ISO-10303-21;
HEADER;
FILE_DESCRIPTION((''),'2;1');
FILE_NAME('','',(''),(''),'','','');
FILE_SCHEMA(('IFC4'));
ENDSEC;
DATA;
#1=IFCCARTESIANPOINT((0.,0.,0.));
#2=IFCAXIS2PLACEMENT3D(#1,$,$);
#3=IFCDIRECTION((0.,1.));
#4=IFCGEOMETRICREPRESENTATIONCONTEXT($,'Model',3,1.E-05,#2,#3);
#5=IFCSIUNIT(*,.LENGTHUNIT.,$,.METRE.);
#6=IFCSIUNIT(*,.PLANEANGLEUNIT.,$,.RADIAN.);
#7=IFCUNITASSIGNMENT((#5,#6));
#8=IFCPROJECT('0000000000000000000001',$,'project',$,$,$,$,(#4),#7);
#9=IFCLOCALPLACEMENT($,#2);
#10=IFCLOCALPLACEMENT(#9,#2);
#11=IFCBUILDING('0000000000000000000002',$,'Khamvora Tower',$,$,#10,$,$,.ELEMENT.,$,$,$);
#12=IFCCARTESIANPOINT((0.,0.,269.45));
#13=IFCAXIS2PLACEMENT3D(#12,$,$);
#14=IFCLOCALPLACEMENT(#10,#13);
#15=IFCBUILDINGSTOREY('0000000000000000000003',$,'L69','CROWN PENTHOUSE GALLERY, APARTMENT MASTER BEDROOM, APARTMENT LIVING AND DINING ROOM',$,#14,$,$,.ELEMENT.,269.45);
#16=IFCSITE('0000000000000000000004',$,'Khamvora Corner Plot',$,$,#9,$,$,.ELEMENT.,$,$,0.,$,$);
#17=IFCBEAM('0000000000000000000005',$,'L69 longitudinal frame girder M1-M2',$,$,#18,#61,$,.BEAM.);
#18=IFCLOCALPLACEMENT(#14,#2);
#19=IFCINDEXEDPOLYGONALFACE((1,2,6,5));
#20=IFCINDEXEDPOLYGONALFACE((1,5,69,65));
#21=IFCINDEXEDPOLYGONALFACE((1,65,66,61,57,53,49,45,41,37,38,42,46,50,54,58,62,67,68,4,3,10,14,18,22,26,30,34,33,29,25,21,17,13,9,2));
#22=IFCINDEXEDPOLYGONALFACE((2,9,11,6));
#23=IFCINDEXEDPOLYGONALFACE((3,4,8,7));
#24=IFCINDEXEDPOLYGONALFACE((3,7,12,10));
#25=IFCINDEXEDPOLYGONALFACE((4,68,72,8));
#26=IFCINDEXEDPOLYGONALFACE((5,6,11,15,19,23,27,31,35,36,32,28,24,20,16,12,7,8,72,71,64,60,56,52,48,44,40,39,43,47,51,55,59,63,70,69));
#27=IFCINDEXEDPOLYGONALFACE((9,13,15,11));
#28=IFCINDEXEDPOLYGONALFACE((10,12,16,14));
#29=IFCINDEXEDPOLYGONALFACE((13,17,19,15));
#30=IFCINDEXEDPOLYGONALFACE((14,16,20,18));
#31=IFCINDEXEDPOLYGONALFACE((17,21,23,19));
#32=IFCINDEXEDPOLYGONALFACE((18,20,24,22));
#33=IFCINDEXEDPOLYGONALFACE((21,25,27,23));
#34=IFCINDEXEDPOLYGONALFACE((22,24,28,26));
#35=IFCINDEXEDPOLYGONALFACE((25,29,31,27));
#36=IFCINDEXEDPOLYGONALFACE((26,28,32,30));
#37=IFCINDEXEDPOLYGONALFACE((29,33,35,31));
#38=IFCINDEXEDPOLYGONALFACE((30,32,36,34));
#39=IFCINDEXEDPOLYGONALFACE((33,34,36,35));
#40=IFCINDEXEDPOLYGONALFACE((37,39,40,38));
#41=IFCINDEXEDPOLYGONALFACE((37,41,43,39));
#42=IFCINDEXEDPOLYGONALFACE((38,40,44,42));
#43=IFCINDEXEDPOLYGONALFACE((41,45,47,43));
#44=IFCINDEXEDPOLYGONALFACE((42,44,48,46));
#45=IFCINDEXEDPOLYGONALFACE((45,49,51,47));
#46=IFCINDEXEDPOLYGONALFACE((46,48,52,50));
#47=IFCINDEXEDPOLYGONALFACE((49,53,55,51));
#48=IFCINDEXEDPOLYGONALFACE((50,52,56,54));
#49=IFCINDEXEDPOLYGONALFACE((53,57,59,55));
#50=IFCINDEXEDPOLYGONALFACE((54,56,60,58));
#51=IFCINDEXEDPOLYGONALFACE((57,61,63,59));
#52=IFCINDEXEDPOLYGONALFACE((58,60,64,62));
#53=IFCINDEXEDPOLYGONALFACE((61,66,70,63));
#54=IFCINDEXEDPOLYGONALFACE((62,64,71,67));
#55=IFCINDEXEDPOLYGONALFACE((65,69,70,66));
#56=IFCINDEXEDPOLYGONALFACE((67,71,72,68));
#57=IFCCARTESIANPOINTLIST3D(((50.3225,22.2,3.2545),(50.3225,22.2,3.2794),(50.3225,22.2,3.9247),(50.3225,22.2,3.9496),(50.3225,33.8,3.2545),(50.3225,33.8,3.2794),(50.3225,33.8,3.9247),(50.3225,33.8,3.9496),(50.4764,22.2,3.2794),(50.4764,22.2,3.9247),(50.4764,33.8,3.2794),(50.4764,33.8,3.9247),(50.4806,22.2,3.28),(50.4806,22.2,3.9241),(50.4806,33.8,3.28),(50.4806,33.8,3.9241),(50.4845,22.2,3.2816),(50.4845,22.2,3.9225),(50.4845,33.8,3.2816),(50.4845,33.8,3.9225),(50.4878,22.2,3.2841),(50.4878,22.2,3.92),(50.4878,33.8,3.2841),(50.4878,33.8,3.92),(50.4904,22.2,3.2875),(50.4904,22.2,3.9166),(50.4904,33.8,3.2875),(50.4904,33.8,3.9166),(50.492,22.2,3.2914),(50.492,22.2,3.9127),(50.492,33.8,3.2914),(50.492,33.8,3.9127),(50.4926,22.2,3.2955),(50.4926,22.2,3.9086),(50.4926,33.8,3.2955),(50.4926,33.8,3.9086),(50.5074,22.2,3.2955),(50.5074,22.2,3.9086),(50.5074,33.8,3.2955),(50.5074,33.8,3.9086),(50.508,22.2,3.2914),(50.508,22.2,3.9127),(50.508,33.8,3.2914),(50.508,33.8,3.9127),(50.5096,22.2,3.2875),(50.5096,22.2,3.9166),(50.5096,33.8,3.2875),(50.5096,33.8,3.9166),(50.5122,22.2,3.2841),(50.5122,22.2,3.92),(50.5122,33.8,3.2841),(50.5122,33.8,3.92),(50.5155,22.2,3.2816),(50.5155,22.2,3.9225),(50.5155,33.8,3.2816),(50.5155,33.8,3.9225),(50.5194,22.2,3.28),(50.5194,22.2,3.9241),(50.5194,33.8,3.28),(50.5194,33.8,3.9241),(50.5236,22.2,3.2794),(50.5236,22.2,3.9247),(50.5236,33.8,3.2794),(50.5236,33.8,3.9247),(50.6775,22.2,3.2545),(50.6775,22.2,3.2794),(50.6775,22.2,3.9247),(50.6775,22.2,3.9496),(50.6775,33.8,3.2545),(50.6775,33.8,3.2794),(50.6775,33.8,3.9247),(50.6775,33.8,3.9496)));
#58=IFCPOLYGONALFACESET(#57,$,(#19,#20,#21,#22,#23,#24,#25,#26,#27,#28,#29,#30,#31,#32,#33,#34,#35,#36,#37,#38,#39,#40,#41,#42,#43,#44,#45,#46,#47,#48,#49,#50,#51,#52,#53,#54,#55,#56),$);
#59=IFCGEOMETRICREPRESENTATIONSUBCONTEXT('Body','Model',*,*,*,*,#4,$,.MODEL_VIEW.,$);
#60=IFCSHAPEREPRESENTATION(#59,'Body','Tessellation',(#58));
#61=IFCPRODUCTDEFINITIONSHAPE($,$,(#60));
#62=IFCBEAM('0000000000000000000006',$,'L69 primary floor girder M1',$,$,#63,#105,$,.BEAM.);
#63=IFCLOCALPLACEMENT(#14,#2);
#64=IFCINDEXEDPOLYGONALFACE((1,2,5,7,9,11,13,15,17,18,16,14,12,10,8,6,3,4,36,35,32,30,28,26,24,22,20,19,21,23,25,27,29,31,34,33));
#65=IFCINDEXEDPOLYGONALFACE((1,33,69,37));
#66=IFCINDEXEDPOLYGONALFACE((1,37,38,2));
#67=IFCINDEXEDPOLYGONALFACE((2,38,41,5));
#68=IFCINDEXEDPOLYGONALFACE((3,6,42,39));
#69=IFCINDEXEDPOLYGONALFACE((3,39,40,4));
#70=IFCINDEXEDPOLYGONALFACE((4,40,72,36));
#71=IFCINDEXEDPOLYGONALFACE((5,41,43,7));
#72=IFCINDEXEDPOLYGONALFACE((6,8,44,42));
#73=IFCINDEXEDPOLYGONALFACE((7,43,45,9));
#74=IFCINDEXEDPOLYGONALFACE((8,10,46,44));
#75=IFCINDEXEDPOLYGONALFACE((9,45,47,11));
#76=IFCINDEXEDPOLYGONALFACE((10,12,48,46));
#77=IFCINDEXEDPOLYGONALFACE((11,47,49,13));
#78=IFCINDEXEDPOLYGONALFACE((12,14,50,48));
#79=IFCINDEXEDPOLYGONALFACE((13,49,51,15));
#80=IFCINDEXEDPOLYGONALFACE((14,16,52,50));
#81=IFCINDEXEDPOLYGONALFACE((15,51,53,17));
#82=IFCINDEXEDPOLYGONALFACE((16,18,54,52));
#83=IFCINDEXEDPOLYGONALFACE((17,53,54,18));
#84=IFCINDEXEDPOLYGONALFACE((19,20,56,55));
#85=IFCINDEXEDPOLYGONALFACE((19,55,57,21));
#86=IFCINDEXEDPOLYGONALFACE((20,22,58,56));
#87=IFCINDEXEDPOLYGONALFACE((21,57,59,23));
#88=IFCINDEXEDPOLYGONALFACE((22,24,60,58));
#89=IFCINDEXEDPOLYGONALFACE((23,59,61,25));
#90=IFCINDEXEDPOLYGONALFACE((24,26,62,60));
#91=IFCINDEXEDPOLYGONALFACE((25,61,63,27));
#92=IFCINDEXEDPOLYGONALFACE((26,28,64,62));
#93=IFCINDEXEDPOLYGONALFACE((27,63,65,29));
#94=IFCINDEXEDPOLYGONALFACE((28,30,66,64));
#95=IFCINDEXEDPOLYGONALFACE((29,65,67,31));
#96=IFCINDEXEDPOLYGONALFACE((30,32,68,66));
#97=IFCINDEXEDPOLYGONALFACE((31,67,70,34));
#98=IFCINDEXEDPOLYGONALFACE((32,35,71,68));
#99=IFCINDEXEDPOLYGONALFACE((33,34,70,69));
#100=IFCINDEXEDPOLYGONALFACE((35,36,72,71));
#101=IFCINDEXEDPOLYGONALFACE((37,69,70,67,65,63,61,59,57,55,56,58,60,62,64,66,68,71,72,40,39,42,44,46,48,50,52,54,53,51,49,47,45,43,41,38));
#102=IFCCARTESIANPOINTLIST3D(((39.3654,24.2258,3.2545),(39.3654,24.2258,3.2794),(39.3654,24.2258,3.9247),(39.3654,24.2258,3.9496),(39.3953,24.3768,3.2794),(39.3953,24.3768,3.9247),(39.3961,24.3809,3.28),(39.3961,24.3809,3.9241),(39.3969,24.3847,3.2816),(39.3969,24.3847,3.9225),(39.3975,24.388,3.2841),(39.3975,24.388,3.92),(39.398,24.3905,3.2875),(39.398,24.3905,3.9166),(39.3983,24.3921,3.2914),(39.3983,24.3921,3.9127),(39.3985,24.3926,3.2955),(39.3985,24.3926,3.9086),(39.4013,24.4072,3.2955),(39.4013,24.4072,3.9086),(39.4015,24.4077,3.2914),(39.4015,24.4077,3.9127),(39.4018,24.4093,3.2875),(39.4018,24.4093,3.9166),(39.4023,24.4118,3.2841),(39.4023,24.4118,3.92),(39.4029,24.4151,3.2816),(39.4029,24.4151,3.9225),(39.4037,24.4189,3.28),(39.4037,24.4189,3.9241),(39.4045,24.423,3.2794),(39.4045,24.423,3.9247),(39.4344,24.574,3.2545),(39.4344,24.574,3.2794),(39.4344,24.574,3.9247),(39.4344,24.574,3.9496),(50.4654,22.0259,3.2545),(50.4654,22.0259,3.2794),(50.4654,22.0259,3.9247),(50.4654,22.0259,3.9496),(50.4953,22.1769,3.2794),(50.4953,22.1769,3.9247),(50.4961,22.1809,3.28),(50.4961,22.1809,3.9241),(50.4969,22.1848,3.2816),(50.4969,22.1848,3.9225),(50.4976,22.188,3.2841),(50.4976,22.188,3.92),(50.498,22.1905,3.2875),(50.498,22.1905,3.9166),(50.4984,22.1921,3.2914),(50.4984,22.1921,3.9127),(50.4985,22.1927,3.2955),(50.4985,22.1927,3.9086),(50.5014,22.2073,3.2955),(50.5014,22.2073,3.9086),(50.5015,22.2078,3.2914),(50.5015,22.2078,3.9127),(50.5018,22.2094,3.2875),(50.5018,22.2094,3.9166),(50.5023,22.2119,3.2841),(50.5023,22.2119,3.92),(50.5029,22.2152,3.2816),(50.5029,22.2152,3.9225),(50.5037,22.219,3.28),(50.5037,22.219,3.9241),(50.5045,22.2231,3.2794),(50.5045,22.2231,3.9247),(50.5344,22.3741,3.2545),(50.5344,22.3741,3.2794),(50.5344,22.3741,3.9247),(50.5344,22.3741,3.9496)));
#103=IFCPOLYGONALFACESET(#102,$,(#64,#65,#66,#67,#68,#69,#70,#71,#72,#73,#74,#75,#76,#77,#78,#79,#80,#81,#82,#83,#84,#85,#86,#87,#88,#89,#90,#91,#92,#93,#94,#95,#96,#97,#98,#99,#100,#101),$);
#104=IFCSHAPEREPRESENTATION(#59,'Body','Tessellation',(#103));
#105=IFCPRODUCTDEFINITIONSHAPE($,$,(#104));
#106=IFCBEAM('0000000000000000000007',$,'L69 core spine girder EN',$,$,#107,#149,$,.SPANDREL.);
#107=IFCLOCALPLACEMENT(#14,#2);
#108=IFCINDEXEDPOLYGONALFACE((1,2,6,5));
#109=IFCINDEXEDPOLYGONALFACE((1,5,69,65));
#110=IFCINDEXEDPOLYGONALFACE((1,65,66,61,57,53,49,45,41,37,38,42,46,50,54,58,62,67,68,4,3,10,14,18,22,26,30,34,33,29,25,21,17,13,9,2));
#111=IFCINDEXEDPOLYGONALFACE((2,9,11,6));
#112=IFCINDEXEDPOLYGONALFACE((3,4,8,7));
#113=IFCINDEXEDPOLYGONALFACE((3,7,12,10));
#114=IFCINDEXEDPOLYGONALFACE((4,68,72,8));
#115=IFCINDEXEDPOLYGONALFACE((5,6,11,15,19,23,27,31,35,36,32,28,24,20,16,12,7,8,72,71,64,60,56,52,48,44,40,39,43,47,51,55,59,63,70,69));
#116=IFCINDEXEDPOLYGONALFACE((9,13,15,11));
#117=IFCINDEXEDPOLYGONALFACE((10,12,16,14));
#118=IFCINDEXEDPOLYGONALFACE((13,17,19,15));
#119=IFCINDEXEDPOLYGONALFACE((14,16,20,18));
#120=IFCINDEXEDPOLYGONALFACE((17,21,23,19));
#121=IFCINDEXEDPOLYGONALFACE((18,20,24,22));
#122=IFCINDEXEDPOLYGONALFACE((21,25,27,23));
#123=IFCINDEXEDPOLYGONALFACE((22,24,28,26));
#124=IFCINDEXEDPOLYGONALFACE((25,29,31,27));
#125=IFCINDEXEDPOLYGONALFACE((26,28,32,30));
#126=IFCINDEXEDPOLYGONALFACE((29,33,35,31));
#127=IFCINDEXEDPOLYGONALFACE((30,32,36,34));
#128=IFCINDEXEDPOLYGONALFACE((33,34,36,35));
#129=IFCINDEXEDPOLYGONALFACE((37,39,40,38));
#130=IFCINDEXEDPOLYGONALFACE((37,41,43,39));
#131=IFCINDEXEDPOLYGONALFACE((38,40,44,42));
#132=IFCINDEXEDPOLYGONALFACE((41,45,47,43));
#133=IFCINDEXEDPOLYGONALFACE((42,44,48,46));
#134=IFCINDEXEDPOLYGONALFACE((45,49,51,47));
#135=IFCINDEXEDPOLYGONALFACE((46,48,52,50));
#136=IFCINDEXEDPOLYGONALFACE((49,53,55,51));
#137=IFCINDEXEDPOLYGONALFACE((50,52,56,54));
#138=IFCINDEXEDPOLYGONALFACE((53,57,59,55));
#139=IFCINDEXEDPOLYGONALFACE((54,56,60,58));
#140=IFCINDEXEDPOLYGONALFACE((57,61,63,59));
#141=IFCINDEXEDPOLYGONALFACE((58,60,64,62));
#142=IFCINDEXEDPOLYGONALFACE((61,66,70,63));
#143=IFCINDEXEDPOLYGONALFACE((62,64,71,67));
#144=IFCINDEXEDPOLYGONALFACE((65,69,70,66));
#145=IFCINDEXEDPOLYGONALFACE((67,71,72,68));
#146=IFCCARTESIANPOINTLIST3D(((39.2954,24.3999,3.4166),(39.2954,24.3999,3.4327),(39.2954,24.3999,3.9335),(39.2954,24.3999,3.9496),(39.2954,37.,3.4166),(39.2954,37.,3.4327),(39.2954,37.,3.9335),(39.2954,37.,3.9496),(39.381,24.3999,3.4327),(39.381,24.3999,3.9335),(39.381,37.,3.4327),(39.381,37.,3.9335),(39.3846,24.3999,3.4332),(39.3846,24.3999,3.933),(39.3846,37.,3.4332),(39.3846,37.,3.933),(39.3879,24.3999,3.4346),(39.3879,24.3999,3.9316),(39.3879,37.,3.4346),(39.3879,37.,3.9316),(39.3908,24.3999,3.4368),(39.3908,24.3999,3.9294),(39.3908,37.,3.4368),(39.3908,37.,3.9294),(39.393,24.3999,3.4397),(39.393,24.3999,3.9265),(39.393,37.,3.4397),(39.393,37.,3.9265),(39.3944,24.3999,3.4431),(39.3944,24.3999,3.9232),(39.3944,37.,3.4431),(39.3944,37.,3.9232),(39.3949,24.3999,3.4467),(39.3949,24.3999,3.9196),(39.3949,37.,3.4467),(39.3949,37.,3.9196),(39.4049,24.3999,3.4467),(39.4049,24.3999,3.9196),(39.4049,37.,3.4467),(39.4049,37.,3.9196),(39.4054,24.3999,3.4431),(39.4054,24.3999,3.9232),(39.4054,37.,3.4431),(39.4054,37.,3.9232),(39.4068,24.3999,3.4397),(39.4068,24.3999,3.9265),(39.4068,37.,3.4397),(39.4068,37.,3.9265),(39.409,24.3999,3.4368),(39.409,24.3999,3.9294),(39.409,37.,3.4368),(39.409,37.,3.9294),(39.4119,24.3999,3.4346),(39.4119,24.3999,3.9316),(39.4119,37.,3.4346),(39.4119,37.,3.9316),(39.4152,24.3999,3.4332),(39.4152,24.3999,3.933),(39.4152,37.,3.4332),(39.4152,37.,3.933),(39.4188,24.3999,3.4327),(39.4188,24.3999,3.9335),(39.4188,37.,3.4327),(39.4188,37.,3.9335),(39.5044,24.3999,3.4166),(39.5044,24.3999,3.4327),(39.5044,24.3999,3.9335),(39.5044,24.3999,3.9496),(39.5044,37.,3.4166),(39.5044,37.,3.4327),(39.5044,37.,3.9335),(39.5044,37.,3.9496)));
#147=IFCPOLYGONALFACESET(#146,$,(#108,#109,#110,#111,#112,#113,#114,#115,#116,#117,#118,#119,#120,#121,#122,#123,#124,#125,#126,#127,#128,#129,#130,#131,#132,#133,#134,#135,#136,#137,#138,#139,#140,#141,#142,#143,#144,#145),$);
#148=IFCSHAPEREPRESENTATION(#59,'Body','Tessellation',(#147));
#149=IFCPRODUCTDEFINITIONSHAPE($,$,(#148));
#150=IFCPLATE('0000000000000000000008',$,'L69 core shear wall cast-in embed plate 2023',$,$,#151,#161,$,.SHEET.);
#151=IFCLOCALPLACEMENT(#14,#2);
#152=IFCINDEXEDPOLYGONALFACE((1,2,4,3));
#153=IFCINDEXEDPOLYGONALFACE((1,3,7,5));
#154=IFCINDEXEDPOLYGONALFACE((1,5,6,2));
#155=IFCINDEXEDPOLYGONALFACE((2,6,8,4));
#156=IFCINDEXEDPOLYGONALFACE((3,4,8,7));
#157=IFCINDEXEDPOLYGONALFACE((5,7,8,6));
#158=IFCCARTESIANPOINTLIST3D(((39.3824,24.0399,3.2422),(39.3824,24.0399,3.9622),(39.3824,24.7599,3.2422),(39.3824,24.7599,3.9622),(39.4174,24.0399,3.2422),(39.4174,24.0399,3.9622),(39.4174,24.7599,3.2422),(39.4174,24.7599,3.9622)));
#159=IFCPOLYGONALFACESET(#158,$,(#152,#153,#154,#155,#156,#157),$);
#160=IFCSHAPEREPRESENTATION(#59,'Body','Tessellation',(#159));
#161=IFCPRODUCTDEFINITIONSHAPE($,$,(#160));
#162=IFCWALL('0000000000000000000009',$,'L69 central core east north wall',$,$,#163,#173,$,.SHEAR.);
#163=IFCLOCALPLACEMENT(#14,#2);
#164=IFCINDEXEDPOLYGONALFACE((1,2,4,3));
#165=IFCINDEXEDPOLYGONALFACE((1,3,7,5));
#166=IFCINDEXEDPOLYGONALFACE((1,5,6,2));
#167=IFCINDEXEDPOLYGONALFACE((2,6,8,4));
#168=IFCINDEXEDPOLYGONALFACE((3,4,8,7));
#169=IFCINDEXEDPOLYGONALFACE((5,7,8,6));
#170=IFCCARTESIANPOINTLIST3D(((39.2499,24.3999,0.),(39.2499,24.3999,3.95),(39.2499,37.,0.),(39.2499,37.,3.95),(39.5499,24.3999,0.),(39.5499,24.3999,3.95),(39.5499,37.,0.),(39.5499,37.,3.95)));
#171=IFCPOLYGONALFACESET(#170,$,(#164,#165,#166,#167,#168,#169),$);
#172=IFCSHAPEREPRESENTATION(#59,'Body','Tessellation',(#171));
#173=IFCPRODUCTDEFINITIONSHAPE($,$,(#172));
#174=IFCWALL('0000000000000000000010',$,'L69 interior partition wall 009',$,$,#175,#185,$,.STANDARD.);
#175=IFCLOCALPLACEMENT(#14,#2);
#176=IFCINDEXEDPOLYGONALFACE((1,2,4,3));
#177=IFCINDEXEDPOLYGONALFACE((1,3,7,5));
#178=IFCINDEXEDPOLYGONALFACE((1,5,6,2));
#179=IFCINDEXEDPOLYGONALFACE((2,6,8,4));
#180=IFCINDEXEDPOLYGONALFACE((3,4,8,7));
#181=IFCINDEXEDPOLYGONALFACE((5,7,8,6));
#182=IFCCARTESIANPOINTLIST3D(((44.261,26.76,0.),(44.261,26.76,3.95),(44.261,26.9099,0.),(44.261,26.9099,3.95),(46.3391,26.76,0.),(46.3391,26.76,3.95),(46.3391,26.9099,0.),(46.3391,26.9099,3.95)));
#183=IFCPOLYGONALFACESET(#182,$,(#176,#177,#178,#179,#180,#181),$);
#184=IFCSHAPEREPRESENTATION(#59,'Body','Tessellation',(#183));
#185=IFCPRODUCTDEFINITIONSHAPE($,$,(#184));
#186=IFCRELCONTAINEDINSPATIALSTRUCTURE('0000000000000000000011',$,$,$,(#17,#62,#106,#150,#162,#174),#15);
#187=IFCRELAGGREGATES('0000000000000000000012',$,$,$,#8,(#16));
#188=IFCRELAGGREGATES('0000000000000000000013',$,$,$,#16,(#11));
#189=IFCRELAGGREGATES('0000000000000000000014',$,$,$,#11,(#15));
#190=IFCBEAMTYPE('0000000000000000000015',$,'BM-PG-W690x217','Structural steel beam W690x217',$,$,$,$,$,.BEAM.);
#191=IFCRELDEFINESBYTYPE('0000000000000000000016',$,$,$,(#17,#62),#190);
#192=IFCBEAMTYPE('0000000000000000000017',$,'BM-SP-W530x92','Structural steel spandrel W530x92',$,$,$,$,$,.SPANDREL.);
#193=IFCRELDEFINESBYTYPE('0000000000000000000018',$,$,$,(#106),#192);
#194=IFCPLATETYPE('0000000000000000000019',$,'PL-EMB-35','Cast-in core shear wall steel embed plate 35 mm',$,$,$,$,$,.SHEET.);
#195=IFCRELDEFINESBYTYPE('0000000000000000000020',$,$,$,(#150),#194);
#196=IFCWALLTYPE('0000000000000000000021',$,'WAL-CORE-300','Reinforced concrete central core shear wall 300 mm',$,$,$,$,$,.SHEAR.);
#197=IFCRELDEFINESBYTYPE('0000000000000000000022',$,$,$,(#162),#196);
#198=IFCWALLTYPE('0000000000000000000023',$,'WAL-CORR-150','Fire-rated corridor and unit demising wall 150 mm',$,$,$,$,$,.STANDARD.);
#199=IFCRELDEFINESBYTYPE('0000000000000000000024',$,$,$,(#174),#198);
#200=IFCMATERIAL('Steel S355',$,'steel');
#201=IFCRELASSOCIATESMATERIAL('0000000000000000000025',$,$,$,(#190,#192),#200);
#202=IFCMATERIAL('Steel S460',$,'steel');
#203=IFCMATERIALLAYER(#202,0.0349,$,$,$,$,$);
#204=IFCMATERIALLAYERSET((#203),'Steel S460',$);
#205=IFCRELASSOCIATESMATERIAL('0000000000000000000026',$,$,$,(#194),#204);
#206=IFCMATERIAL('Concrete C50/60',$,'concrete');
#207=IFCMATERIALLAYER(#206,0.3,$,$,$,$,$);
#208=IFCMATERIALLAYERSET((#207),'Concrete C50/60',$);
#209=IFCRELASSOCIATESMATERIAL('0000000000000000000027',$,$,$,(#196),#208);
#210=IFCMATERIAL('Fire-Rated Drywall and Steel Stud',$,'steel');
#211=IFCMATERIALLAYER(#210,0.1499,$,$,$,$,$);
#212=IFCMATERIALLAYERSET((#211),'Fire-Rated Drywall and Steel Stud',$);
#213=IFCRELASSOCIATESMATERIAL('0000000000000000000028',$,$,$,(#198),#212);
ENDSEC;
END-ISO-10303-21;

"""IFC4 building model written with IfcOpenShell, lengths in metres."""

from ifc_helpers import new_model, si_unit, direction, frame, frame_2d, origin, origin_2d, place, context, subcontext, project, spatial, rectangle, i_section, extrude, material, layer, layer_set, material_profile, profile_set, type_object, element, save


model = new_model("IFC4")

# Units and contexts
model_context = context("Model", 3, precision=1e-05, world=origin(), true_north=direction((0.0, 1.0)))
body_context = subcontext(model_context, "Body", "Model", "MODEL_VIEW")
ifc_project = project(units=[si_unit("LENGTHUNIT", "METRE"), si_unit("PLANEANGLEUNIT", "RADIAN")], contexts=[model_context])

# Site, building, storey
site_placement = place(None, origin())
site = spatial("IfcSite", under=ifc_project, at=site_placement, Name="Khamvora Corner Plot", CompositionType="ELEMENT", RefElevation=0.0)
building_placement = place(site_placement, origin())
building = spatial("IfcBuilding", under=site, at=building_placement, Name="Khamvora Tower", CompositionType="ELEMENT")
storey_placement = place(building_placement, frame((0.0, 0.0, 269.45)))
storey = spatial("IfcBuildingStorey", under=building, at=storey_placement, Name="L69", Description="CROWN PENTHOUSE GALLERY, APARTMENT MASTER BEDROOM, APARTMENT LIVING AND DINING ROOM", CompositionType="ELEMENT", Elevation=269.45)

# Beams
ifc_material_1 = material(Name="Steel S355", Category="steel")
ifc_material_profile_1 = material_profile(ifc_material_1, i_section(OverallWidth=0.355, OverallDepth=0.6951, WebThickness=0.0149, FlangeThickness=0.0249, FilletRadius=0.0161, at=origin_2d()), Name="W690x217")
ifc_profile_set_1 = profile_set([ifc_material_profile_1], Name="Steel S355")
beam_type_1 = type_object("IfcBeamType", Name="BM-PG-W690x217", Description="Structural steel beam W690x217", PredefinedType="BEAM", material=ifc_profile_set_1)
beam_1_placement = place(storey_placement, frame((50.5, 22.2, 3.6021), z_axis=(0.0, 1.0, 0.0), x_axis=(-1.0, 0.0, 0.0)))
element("IfcBeam", 1, at=beam_1_placement, inside=storey, type_object=beam_type_1, Name="L69 longitudinal frame girder M1-M2", PredefinedType="BEAM", context=body_context, shape_type="SweptSolid", body=[
    extrude(i_section(OverallWidth=0.355, OverallDepth=0.6951, WebThickness=0.0149, FlangeThickness=0.0249, FilletRadius=0.0161, at=origin_2d()), origin(), (0.0, 0.0, 1.0), 11.6001),
])
beam_2_placement = place(storey_placement, frame((39.3999, 24.3999, 3.6021), z_axis=(0.98092, -0.194411, 0.0), x_axis=(0.194411, 0.98092, 0.0)))
element("IfcBeam", 2, at=beam_2_placement, inside=storey, type_object=beam_type_1, Name="L69 primary floor girder M1", PredefinedType="BEAM", context=body_context, shape_type="SweptSolid", body=[
    extrude(i_section(OverallWidth=0.355, OverallDepth=0.6951, WebThickness=0.0149, FlangeThickness=0.0249, FilletRadius=0.0161, at=origin_2d()), origin(), (0.0, 0.0, 1.0), 11.3159),
])
ifc_material_profile_2 = material_profile(ifc_material_1, i_section(OverallWidth=0.209, OverallDepth=0.533, WebThickness=0.01, FlangeThickness=0.0161, FilletRadius=0.0139, at=origin_2d()), Name="W530x92")
ifc_profile_set_2 = profile_set([ifc_material_profile_2], Name="Steel S355")
beam_type_2 = type_object("IfcBeamType", Name="BM-SP-W530x92", Description="Structural steel spandrel W530x92", PredefinedType="SPANDREL", material=ifc_profile_set_2)
beam_3_placement = place(storey_placement, frame((39.3999, 24.3999, 3.6831), z_axis=(0.0, 1.0, 0.0), x_axis=(-1.0, 0.0, 0.0)))
element("IfcBeam", 3, at=beam_3_placement, inside=storey, type_object=beam_type_2, Name="L69 core spine girder EN", PredefinedType="SPANDREL", context=body_context, shape_type="SweptSolid", body=[
    extrude(i_section(OverallWidth=0.209, OverallDepth=0.533, WebThickness=0.01, FlangeThickness=0.0161, FilletRadius=0.0139, at=origin_2d()), origin(), (0.0, 0.0, 1.0), 12.6001),
])

# Plate
ifc_material_2 = material(Name="Steel S460", Category="steel")
ifc_layer_1 = layer(ifc_material_2, 0.0349)
ifc_layer_set_1 = layer_set([ifc_layer_1], Name="Steel S460")
plate_type = type_object("IfcPlateType", Name="PL-EMB-35", Description="Cast-in core shear wall steel embed plate 35 mm", PredefinedType="SHEET", material=ifc_layer_set_1)
plate_placement = place(storey_placement, frame((39.3999, 24.3999, 3.2422), z_axis=(0.0, 0.0, 1.0), x_axis=(1.0, 0.0, 0.0)))
element("IfcPlate", 4, at=plate_placement, inside=storey, type_object=plate_type, Name="L69 core shear wall cast-in embed plate 2023", PredefinedType="SHEET", context=body_context, shape_type="SweptSolid", body=[
    extrude(rectangle(XDim=0.0349, YDim=0.72, at=origin_2d()), origin(), (0.0, 0.0, 1.0), 0.72),
])

# Walls
ifc_material_3 = material(Name="Concrete C50/60", Category="concrete")
ifc_layer_2 = layer(ifc_material_3, 0.3)
ifc_layer_set_2 = layer_set([ifc_layer_2], Name="Concrete C50/60")
wall_type_1 = type_object("IfcWallType", Name="WAL-CORE-300", Description="Reinforced concrete central core shear wall 300 mm", PredefinedType="SHEAR", material=ifc_layer_set_2)
wall_1_placement = place(storey_placement, frame((39.3999, 24.3999, 0.0), z_axis=(0.0, 0.0, 1.0), x_axis=(0.0, 1.0, 0.0)))
element("IfcWall", 5, at=wall_1_placement, inside=storey, type_object=wall_type_1, Name="L69 central core east north wall", PredefinedType="SHEAR", context=body_context, shape_type="SweptSolid", body=[
    extrude(rectangle(XDim=12.6001, YDim=0.3, at=frame_2d((6.3, 0.0))), origin(), (0.0, 0.0, 1.0), 3.95),
])
ifc_material_4 = material(Name="Fire-Rated Drywall and Steel Stud", Category="steel")
ifc_layer_3 = layer(ifc_material_4, 0.1499)
ifc_layer_set_3 = layer_set([ifc_layer_3], Name="Fire-Rated Drywall and Steel Stud")
wall_type_2 = type_object("IfcWallType", Name="WAL-CORR-150", Description="Fire-rated corridor and unit demising wall 150 mm", PredefinedType="STANDARD", material=ifc_layer_set_3)
wall_2_placement = place(storey_placement, frame((46.3391, 26.835, 0.0), z_axis=(0.0, 0.0, 1.0), x_axis=(-1.0, 0.0, 0.0)))
element("IfcWall", 6, at=wall_2_placement, inside=storey, type_object=wall_type_2, Name="L69 interior partition wall 009", PredefinedType="STANDARD", context=body_context, shape_type="SweptSolid", body=[
    extrude(rectangle(XDim=2.0781, YDim=0.1499, at=frame_2d((1.0391, 0.0))), origin(), (0.0, 0.0, 1.0), 3.95),
])

save(model, "model.ifc")
